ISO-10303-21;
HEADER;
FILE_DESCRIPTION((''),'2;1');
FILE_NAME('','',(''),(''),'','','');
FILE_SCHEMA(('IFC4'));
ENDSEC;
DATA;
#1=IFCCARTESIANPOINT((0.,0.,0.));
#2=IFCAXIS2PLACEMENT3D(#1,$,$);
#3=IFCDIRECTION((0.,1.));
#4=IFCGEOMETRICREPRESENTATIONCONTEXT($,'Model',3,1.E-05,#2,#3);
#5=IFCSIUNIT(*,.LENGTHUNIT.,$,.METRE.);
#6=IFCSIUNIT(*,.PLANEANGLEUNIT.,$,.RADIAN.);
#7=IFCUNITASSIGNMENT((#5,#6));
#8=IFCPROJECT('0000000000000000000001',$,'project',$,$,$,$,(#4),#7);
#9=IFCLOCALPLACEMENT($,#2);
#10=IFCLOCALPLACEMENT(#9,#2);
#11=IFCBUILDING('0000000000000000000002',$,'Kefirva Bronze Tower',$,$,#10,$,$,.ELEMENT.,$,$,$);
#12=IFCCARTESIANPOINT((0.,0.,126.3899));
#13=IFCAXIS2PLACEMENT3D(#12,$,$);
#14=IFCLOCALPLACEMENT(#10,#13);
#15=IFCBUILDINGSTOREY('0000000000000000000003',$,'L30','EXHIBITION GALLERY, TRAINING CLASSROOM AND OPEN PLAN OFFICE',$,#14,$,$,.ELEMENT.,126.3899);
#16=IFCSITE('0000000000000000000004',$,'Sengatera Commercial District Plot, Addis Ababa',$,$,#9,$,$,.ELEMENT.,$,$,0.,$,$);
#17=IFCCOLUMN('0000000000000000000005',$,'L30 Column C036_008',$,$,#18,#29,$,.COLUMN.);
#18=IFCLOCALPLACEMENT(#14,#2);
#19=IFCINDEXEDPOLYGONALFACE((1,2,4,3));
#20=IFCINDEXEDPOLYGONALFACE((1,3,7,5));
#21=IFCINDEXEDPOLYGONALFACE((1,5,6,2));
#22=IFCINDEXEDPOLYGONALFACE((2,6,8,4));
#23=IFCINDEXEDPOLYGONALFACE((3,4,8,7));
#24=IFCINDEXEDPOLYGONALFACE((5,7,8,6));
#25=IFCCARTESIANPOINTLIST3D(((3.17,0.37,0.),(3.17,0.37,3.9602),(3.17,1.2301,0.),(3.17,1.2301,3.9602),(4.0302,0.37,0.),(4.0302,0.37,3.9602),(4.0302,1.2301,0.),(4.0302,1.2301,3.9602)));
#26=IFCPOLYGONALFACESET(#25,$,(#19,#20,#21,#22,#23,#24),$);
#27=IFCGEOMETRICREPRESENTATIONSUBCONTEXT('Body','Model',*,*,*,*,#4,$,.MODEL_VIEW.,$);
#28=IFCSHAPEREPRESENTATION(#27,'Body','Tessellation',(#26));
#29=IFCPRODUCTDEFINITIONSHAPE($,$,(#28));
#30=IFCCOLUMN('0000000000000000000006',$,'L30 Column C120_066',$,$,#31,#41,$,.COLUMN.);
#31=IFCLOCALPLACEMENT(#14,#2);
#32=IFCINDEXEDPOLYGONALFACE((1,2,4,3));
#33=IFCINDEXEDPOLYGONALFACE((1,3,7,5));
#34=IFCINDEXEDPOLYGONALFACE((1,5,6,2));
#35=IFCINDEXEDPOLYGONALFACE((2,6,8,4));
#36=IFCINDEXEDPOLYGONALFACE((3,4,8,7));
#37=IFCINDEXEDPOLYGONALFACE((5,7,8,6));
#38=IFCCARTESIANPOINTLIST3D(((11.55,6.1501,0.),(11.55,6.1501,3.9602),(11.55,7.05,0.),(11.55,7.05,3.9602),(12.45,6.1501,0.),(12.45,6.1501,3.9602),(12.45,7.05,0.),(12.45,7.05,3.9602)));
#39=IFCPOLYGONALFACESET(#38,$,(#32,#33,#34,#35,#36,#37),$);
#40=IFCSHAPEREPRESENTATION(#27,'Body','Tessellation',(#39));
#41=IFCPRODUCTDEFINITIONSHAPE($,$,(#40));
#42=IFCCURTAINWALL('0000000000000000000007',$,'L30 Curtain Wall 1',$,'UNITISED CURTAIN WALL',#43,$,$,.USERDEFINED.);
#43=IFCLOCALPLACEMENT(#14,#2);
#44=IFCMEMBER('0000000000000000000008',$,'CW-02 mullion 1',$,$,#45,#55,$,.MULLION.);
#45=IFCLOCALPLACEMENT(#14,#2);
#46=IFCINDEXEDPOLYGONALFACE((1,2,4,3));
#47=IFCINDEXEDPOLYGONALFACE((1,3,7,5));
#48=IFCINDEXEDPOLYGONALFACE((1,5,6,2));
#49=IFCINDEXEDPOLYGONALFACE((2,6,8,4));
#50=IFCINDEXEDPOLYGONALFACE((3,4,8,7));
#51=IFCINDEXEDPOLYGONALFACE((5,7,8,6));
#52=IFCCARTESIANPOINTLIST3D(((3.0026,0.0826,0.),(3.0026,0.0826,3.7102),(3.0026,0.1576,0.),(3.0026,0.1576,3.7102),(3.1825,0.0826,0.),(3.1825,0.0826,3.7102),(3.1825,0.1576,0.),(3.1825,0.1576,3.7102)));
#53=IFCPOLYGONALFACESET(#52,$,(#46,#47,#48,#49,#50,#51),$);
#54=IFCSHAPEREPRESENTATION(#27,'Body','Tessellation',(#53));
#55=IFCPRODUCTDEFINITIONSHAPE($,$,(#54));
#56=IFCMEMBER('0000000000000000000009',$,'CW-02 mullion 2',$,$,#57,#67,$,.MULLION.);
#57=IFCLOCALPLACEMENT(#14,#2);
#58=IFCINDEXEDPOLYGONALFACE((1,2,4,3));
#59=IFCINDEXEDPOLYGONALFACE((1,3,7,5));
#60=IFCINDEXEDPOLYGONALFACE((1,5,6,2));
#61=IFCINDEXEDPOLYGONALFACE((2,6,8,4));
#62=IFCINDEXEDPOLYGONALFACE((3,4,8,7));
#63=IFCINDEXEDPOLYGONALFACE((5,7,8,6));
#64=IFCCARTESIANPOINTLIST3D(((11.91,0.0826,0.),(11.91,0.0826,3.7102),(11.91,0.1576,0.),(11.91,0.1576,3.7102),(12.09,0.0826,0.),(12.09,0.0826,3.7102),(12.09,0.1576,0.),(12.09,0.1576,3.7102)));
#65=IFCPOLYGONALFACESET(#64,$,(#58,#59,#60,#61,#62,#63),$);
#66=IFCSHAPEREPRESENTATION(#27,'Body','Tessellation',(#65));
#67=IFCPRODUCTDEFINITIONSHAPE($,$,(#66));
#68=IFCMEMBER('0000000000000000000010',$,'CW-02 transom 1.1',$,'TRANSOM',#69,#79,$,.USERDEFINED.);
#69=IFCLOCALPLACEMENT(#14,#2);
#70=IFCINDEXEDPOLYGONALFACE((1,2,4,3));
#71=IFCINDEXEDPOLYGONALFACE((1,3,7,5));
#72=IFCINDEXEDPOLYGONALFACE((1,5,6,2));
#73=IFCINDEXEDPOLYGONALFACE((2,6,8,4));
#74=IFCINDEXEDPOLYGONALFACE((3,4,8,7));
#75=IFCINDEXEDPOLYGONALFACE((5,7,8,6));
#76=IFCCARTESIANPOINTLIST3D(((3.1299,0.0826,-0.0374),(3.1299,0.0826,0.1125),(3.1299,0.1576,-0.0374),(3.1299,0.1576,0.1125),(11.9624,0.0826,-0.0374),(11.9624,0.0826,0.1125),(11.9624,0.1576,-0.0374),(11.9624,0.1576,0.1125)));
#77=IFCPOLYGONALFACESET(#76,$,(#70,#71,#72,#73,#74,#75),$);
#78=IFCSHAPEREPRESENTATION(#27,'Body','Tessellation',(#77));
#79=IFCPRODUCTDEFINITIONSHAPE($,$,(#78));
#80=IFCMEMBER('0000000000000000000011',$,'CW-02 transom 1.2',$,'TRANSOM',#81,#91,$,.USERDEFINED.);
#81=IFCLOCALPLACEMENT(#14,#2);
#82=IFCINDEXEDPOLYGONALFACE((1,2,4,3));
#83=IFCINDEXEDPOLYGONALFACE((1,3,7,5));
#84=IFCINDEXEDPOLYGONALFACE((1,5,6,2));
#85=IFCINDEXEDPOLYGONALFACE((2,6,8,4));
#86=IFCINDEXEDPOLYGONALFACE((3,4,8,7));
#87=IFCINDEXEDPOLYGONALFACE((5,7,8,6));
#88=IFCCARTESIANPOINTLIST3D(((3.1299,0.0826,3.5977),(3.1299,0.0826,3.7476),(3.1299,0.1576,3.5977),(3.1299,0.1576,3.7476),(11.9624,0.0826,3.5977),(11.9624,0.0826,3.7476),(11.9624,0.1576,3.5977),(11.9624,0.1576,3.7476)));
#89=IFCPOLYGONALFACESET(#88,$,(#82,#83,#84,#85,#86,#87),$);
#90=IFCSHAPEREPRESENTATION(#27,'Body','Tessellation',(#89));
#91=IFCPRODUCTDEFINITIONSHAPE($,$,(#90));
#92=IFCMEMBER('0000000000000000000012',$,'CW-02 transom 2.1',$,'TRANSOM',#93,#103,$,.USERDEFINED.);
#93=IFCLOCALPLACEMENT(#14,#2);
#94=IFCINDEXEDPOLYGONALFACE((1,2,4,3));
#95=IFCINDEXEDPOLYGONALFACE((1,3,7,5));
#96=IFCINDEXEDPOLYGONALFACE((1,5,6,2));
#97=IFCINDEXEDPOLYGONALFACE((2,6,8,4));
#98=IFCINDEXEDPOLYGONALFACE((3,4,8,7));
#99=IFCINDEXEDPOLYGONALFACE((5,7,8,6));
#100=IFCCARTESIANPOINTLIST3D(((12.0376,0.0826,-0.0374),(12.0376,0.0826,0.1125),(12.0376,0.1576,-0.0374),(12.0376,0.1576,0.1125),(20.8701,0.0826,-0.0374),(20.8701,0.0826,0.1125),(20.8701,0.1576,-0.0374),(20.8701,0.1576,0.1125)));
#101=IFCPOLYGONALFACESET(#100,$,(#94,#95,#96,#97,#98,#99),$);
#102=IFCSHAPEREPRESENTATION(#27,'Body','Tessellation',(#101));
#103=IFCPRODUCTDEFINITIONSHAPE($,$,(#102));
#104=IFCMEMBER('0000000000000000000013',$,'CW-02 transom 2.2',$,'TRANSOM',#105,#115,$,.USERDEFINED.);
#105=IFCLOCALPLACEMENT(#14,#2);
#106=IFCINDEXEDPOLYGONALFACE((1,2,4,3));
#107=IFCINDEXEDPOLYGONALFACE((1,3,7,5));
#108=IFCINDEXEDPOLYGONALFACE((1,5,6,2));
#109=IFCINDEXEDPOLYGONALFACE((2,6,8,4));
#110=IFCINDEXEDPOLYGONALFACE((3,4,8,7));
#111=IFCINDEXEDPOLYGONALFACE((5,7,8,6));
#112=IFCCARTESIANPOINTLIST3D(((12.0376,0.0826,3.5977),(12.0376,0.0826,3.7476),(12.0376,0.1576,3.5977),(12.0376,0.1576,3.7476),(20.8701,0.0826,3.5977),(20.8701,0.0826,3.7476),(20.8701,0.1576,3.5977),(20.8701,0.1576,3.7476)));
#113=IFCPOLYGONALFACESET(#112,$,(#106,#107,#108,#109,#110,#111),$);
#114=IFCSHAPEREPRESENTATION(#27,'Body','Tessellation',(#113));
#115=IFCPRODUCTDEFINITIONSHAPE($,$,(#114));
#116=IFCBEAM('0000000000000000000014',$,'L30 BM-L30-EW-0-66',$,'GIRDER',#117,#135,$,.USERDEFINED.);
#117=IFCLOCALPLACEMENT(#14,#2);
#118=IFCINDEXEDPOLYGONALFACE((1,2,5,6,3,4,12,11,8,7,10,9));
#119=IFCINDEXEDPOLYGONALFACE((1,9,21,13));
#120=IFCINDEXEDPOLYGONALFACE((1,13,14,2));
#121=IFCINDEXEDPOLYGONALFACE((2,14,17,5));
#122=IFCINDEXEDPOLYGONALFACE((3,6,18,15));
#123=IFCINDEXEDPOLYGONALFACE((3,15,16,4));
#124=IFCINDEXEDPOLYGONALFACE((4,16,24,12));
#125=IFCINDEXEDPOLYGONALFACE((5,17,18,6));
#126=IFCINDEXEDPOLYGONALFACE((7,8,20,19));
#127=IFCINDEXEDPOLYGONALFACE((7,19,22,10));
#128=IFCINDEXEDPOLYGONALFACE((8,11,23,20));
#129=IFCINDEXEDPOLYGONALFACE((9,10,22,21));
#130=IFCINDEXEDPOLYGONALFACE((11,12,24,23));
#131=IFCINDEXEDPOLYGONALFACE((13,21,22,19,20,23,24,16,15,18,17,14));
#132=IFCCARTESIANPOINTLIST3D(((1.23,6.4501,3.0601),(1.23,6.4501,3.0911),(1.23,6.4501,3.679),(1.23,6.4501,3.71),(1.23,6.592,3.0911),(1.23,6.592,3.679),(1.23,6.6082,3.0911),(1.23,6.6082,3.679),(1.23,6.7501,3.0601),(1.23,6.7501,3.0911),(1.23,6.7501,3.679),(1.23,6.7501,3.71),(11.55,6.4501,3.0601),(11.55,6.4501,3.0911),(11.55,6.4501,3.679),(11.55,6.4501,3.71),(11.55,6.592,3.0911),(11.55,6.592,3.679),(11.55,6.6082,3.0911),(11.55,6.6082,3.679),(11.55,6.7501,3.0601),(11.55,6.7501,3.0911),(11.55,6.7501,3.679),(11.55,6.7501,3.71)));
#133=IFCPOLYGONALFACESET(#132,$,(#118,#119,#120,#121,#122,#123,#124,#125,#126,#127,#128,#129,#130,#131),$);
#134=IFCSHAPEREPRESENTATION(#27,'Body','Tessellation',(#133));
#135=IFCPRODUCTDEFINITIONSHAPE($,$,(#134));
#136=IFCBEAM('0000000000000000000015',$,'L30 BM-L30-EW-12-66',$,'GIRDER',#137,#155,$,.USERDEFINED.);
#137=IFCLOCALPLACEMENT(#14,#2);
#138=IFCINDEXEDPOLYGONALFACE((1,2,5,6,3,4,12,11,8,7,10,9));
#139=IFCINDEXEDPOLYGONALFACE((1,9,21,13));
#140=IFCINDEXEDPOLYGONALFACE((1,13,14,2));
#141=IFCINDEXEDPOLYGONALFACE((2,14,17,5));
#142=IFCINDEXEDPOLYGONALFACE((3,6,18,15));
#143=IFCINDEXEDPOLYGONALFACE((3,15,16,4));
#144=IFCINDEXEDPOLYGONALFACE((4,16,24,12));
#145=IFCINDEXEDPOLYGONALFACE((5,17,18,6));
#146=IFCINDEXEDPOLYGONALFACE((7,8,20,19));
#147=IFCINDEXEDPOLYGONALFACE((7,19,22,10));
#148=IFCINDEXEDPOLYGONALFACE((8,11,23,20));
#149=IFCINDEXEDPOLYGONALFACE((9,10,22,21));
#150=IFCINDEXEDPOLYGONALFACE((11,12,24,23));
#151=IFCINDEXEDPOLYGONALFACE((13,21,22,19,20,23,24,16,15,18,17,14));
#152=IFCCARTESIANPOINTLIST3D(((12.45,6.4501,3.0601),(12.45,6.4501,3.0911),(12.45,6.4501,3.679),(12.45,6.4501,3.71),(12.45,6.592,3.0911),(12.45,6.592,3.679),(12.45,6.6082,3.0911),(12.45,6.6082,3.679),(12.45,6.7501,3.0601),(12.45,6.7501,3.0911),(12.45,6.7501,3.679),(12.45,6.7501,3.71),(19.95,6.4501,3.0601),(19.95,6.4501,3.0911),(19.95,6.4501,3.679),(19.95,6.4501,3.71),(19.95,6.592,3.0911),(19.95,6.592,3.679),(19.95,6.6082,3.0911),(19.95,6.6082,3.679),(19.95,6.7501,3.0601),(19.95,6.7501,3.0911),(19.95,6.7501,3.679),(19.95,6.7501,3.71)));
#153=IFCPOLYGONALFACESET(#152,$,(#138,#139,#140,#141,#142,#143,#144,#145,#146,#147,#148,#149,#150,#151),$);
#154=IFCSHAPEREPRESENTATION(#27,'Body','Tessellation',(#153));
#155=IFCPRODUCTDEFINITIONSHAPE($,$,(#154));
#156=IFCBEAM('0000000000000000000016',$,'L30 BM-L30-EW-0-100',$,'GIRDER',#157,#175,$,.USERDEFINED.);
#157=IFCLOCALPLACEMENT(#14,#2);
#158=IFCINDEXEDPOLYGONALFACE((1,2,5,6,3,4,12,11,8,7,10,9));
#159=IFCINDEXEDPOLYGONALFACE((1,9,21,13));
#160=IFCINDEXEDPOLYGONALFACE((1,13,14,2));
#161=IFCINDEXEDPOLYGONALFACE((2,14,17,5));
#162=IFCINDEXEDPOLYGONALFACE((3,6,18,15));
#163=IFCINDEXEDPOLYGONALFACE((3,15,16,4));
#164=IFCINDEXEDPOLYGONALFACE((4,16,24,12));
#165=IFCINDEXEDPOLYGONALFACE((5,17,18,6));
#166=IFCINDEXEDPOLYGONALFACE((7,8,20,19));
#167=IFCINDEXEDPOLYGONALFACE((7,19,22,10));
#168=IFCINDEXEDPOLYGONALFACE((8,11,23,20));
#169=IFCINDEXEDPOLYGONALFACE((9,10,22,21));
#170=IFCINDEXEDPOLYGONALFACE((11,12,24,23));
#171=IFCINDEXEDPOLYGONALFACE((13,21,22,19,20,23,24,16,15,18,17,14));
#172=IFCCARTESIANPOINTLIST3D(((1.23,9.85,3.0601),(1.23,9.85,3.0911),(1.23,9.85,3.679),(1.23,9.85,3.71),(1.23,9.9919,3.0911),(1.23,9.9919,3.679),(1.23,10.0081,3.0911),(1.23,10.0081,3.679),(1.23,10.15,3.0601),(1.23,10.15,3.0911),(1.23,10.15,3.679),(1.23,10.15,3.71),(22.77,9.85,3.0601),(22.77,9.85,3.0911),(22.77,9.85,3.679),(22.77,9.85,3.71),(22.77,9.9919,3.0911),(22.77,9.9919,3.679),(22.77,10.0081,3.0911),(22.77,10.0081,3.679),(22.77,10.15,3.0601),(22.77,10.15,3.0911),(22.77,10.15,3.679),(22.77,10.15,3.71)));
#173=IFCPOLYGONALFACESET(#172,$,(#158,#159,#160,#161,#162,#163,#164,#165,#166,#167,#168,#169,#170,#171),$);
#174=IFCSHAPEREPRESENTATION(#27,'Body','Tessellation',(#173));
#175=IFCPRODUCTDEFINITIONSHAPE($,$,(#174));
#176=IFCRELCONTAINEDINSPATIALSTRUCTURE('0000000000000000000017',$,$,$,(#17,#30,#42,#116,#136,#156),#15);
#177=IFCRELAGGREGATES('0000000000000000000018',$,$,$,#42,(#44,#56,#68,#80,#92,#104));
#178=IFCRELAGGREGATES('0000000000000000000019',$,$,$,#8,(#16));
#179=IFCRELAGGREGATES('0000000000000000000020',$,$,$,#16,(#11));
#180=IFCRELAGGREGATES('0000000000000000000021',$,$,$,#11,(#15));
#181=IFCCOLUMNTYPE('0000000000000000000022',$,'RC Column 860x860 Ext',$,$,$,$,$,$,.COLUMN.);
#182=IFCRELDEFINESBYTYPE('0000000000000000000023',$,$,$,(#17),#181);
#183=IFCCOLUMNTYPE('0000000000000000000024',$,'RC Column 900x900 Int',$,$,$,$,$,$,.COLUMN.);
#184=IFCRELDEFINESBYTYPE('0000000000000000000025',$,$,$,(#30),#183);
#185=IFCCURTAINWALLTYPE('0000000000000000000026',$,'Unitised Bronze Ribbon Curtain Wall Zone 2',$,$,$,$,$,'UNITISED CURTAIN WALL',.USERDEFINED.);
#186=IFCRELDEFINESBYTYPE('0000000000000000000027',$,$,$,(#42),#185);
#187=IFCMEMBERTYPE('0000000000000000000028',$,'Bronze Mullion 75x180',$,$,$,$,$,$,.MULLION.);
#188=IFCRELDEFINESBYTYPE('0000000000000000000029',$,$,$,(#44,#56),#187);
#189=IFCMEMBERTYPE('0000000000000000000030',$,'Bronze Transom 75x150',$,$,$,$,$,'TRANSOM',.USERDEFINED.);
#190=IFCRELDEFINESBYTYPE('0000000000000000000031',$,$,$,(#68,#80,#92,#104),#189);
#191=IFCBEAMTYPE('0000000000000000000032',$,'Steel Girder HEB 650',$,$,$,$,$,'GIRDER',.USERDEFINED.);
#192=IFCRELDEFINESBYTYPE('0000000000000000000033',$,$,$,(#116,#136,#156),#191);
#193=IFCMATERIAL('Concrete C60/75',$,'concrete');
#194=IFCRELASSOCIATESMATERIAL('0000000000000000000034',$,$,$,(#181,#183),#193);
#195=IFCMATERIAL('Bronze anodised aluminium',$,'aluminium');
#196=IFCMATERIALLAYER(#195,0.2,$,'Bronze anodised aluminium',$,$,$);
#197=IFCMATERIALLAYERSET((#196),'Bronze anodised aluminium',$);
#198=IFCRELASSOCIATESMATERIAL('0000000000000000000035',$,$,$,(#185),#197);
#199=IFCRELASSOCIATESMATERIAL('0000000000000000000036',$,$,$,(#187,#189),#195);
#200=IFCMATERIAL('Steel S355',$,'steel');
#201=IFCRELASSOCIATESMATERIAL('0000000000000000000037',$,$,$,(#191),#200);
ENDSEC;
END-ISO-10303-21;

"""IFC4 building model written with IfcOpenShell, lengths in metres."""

from ifc_helpers import new_model, si_unit, direction, frame, origin, origin_2d, place, context, subcontext, project, spatial, rectangle, i_section, extrude, material, layer, layer_set, material_profile, profile_set, type_object, element, aggregate, save


model = new_model("IFC4")

# Units and contexts
model_context = context("Model", 3, precision=1e-05, world=origin(), true_north=direction((0.0, 1.0)))
body_context = subcontext(model_context, "Body", "Model", "MODEL_VIEW")
ifc_project = project(units=[si_unit("LENGTHUNIT", "METRE"), si_unit("PLANEANGLEUNIT", "RADIAN")], contexts=[model_context])

# Site, building, storey
site_placement = place(None, origin())
site = spatial("IfcSite", under=ifc_project, at=site_placement, Name="Sengatera Commercial District Plot, Addis Ababa", CompositionType="ELEMENT", RefElevation=0.0)
building_placement = place(site_placement, origin())
building = spatial("IfcBuilding", under=site, at=building_placement, Name="Kefirva Bronze Tower", CompositionType="ELEMENT")
storey_placement = place(building_placement, frame((0.0, 0.0, 126.3899)))
storey = spatial("IfcBuildingStorey", under=building, at=storey_placement, Name="L30", Description="EXHIBITION GALLERY, TRAINING CLASSROOM AND OPEN PLAN OFFICE", CompositionType="ELEMENT", Elevation=126.3899)

# Columns
ifc_material_1 = material(Name="Concrete C60/75", Category="concrete")
ifc_material_profile_1 = material_profile(ifc_material_1, rectangle(XDim=0.8601, YDim=0.8601, at=origin_2d()), Name="RC 860x860")
ifc_profile_set_1 = profile_set([ifc_material_profile_1], Name="Concrete C60/75")
column_type_1 = type_object("IfcColumnType", Name="RC Column 860x860 Ext", PredefinedType="COLUMN", material=ifc_profile_set_1)
column_1_placement = place(storey_placement, frame((3.6001, 0.8, 0.0), z_axis=(0.0, 0.0, 1.0), x_axis=(1.0, 0.0, 0.0)))
element("IfcColumn", 1, at=column_1_placement, inside=storey, type_object=column_type_1, Name="L30 Column C036_008", PredefinedType="COLUMN", context=body_context, shape_type="SweptSolid", body=[
    extrude(rectangle(XDim=0.8601, YDim=0.8601, at=origin_2d()), origin(), (0.0, 0.0, 1.0), 3.9602),
])
ifc_material_profile_2 = material_profile(ifc_material_1, rectangle(XDim=0.8999, YDim=0.8999, at=origin_2d()), Name="RC 900x900")
ifc_profile_set_2 = profile_set([ifc_material_profile_2], Name="Concrete C60/75")
column_type_2 = type_object("IfcColumnType", Name="RC Column 900x900 Int", PredefinedType="COLUMN", material=ifc_profile_set_2)
column_2_placement = place(storey_placement, frame((12.0, 6.6001, 0.0), z_axis=(0.0, 0.0, 1.0), x_axis=(1.0, 0.0, 0.0)))
element("IfcColumn", 2, at=column_2_placement, inside=storey, type_object=column_type_2, Name="L30 Column C120_066", PredefinedType="COLUMN", context=body_context, shape_type="SweptSolid", body=[
    extrude(rectangle(XDim=0.8999, YDim=0.8999, at=origin_2d()), origin(), (0.0, 0.0, 1.0), 3.9602),
])

# Curtain wall, members
ifc_material_2 = material(Name="Bronze anodised aluminium", Category="aluminium")
ifc_layer_1 = layer(ifc_material_2, 0.2, Name="Bronze anodised aluminium")
ifc_layer_set_1 = layer_set([ifc_layer_1], Name="Bronze anodised aluminium")
curtain_wall_type = type_object("IfcCurtainWallType", Name="Unitised Bronze Ribbon Curtain Wall Zone 2", ElementType="UNITISED CURTAIN WALL", PredefinedType="USERDEFINED", material=ifc_layer_set_1)
curtain_wall_placement = place(storey_placement, origin())
curtain_wall = element("IfcCurtainWall", 3, at=curtain_wall_placement, inside=storey, type_object=curtain_wall_type, Name="L30 Curtain Wall 1", ObjectType="UNITISED CURTAIN WALL", PredefinedType="USERDEFINED")
ifc_material_profile_3 = material_profile(ifc_material_2, rectangle(XDim=0.075, YDim=0.1799, at=origin_2d()), Name="ALU 75x180")
ifc_profile_set_3 = profile_set([ifc_material_profile_3], Name="Bronze anodised aluminium")
member_type_1 = type_object("IfcMemberType", Name="Bronze Mullion 75x180", PredefinedType="MULLION", material=ifc_profile_set_3)
member_1_placement = place(storey_placement, frame((3.0925, 0.1201, 0.0), z_axis=(0.0, 0.0, 1.0), x_axis=(0.0, 1.0, 0.0)))
member_1 = element("IfcMember", 4, at=member_1_placement, type_object=member_type_1, Name="CW-02 mullion 1", PredefinedType="MULLION", context=body_context, shape_type="SweptSolid", body=[
    extrude(rectangle(XDim=0.075, YDim=0.1799, at=origin_2d()), origin(), (0.0, 0.0, 1.0), 3.7102),
])
member_2_placement = place(storey_placement, frame((12.0, 0.1201, 0.0), z_axis=(0.0, 0.0, 1.0), x_axis=(0.0, 1.0, 0.0)))
member_2 = element("IfcMember", 5, at=member_2_placement, type_object=member_type_1, Name="CW-02 mullion 2", PredefinedType="MULLION", context=body_context, shape_type="SweptSolid", body=[
    extrude(rectangle(XDim=0.075, YDim=0.1799, at=origin_2d()), origin(), (0.0, 0.0, 1.0), 3.7102),
])
ifc_material_profile_4 = material_profile(ifc_material_2, rectangle(XDim=0.075, YDim=0.1499, at=origin_2d()), Name="ALU 75x150")
ifc_profile_set_4 = profile_set([ifc_material_profile_4], Name="Bronze anodised aluminium")
member_type_2 = type_object("IfcMemberType", Name="Bronze Transom 75x150", ElementType="TRANSOM", PredefinedType="USERDEFINED", material=ifc_profile_set_4)
member_3_placement = place(storey_placement, frame((3.1299, 0.1201, 0.0376), z_axis=(1.0, 0.0, 0.0), x_axis=(0.0, 1.0, 0.0)))
member_3 = element("IfcMember", 6, at=member_3_placement, type_object=member_type_2, Name="CW-02 transom 1.1", ObjectType="TRANSOM", PredefinedType="USERDEFINED", context=body_context, shape_type="SweptSolid", body=[
    extrude(rectangle(XDim=0.075, YDim=0.1499, at=origin_2d()), origin(), (0.0, 0.0, 1.0), 8.8325),
])
member_4_placement = place(storey_placement, frame((3.1299, 0.1201, 3.6726), z_axis=(1.0, 0.0, 0.0), x_axis=(0.0, 1.0, 0.0)))
member_4 = element("IfcMember", 7, at=member_4_placement, type_object=member_type_2, Name="CW-02 transom 1.2", ObjectType="TRANSOM", PredefinedType="USERDEFINED", context=body_context, shape_type="SweptSolid", body=[
    extrude(rectangle(XDim=0.075, YDim=0.1499, at=origin_2d()), origin(), (0.0, 0.0, 1.0), 8.8325),
])
member_5_placement = place(storey_placement, frame((12.0376, 0.1201, 0.0376), z_axis=(1.0, 0.0, 0.0), x_axis=(0.0, 1.0, 0.0)))
member_5 = element("IfcMember", 8, at=member_5_placement, type_object=member_type_2, Name="CW-02 transom 2.1", ObjectType="TRANSOM", PredefinedType="USERDEFINED", context=body_context, shape_type="SweptSolid", body=[
    extrude(rectangle(XDim=0.075, YDim=0.1499, at=origin_2d()), origin(), (0.0, 0.0, 1.0), 8.8325),
])
member_6_placement = place(storey_placement, frame((12.0376, 0.1201, 3.6726), z_axis=(1.0, 0.0, 0.0), x_axis=(0.0, 1.0, 0.0)))
member_6 = element("IfcMember", 9, at=member_6_placement, type_object=member_type_2, Name="CW-02 transom 2.2", ObjectType="TRANSOM", PredefinedType="USERDEFINED", context=body_context, shape_type="SweptSolid", body=[
    extrude(rectangle(XDim=0.075, YDim=0.1499, at=origin_2d()), origin(), (0.0, 0.0, 1.0), 8.8325),
])

# Beams
ifc_material_3 = material(Name="Steel S355", Category="steel")
ifc_material_profile_5 = material_profile(ifc_material_3, i_section(OverallWidth=0.3, OverallDepth=0.6499, WebThickness=0.0161, FlangeThickness=0.031, at=origin_2d()), Name="HEB 650")
ifc_profile_set_5 = profile_set([ifc_material_profile_5], Name="Steel S355")
beam_type_1 = type_object("IfcBeamType", Name="Steel Girder HEB 650", ElementType="GIRDER", PredefinedType="USERDEFINED", material=ifc_profile_set_5)
beam_1_placement = place(storey_placement, frame((1.23, 6.6001, 3.385), z_axis=(1.0, 0.0, 0.0), x_axis=(0.0, 1.0, 0.0)))
element("IfcBeam", 10, at=beam_1_placement, inside=storey, type_object=beam_type_1, Name="L30 BM-L30-EW-0-66", ObjectType="GIRDER", PredefinedType="USERDEFINED", context=body_context, shape_type="SweptSolid", body=[
    extrude(i_section(OverallWidth=0.3, OverallDepth=0.6499, WebThickness=0.0161, FlangeThickness=0.031, at=origin_2d()), origin(), (0.0, 0.0, 1.0), 10.3201),
])
beam_2_placement = place(storey_placement, frame((12.45, 6.6001, 3.385), z_axis=(1.0, 0.0, 0.0), x_axis=(0.0, 1.0, 0.0)))
element("IfcBeam", 11, at=beam_2_placement, inside=storey, type_object=beam_type_1, Name="L30 BM-L30-EW-12-66", ObjectType="GIRDER", PredefinedType="USERDEFINED", context=body_context, shape_type="SweptSolid", body=[
    extrude(i_section(OverallWidth=0.3, OverallDepth=0.6499, WebThickness=0.0161, FlangeThickness=0.031, at=origin_2d()), origin(), (0.0, 0.0, 1.0), 7.5),
])
beam_3_placement = place(storey_placement, frame((1.23, 10.0, 3.385), z_axis=(1.0, 0.0, 0.0), x_axis=(0.0, 1.0, 0.0)))
element("IfcBeam", 12, at=beam_3_placement, inside=storey, type_object=beam_type_1, Name="L30 BM-L30-EW-0-100", ObjectType="GIRDER", PredefinedType="USERDEFINED", context=body_context, shape_type="SweptSolid", body=[
    extrude(i_section(OverallWidth=0.3, OverallDepth=0.6499, WebThickness=0.0161, FlangeThickness=0.031, at=origin_2d()), origin(), (0.0, 0.0, 1.0), 21.54),
])

aggregate(curtain_wall, [member_1, member_2, member_3, member_4, member_5, member_6])

save(model, "model.ifc")
